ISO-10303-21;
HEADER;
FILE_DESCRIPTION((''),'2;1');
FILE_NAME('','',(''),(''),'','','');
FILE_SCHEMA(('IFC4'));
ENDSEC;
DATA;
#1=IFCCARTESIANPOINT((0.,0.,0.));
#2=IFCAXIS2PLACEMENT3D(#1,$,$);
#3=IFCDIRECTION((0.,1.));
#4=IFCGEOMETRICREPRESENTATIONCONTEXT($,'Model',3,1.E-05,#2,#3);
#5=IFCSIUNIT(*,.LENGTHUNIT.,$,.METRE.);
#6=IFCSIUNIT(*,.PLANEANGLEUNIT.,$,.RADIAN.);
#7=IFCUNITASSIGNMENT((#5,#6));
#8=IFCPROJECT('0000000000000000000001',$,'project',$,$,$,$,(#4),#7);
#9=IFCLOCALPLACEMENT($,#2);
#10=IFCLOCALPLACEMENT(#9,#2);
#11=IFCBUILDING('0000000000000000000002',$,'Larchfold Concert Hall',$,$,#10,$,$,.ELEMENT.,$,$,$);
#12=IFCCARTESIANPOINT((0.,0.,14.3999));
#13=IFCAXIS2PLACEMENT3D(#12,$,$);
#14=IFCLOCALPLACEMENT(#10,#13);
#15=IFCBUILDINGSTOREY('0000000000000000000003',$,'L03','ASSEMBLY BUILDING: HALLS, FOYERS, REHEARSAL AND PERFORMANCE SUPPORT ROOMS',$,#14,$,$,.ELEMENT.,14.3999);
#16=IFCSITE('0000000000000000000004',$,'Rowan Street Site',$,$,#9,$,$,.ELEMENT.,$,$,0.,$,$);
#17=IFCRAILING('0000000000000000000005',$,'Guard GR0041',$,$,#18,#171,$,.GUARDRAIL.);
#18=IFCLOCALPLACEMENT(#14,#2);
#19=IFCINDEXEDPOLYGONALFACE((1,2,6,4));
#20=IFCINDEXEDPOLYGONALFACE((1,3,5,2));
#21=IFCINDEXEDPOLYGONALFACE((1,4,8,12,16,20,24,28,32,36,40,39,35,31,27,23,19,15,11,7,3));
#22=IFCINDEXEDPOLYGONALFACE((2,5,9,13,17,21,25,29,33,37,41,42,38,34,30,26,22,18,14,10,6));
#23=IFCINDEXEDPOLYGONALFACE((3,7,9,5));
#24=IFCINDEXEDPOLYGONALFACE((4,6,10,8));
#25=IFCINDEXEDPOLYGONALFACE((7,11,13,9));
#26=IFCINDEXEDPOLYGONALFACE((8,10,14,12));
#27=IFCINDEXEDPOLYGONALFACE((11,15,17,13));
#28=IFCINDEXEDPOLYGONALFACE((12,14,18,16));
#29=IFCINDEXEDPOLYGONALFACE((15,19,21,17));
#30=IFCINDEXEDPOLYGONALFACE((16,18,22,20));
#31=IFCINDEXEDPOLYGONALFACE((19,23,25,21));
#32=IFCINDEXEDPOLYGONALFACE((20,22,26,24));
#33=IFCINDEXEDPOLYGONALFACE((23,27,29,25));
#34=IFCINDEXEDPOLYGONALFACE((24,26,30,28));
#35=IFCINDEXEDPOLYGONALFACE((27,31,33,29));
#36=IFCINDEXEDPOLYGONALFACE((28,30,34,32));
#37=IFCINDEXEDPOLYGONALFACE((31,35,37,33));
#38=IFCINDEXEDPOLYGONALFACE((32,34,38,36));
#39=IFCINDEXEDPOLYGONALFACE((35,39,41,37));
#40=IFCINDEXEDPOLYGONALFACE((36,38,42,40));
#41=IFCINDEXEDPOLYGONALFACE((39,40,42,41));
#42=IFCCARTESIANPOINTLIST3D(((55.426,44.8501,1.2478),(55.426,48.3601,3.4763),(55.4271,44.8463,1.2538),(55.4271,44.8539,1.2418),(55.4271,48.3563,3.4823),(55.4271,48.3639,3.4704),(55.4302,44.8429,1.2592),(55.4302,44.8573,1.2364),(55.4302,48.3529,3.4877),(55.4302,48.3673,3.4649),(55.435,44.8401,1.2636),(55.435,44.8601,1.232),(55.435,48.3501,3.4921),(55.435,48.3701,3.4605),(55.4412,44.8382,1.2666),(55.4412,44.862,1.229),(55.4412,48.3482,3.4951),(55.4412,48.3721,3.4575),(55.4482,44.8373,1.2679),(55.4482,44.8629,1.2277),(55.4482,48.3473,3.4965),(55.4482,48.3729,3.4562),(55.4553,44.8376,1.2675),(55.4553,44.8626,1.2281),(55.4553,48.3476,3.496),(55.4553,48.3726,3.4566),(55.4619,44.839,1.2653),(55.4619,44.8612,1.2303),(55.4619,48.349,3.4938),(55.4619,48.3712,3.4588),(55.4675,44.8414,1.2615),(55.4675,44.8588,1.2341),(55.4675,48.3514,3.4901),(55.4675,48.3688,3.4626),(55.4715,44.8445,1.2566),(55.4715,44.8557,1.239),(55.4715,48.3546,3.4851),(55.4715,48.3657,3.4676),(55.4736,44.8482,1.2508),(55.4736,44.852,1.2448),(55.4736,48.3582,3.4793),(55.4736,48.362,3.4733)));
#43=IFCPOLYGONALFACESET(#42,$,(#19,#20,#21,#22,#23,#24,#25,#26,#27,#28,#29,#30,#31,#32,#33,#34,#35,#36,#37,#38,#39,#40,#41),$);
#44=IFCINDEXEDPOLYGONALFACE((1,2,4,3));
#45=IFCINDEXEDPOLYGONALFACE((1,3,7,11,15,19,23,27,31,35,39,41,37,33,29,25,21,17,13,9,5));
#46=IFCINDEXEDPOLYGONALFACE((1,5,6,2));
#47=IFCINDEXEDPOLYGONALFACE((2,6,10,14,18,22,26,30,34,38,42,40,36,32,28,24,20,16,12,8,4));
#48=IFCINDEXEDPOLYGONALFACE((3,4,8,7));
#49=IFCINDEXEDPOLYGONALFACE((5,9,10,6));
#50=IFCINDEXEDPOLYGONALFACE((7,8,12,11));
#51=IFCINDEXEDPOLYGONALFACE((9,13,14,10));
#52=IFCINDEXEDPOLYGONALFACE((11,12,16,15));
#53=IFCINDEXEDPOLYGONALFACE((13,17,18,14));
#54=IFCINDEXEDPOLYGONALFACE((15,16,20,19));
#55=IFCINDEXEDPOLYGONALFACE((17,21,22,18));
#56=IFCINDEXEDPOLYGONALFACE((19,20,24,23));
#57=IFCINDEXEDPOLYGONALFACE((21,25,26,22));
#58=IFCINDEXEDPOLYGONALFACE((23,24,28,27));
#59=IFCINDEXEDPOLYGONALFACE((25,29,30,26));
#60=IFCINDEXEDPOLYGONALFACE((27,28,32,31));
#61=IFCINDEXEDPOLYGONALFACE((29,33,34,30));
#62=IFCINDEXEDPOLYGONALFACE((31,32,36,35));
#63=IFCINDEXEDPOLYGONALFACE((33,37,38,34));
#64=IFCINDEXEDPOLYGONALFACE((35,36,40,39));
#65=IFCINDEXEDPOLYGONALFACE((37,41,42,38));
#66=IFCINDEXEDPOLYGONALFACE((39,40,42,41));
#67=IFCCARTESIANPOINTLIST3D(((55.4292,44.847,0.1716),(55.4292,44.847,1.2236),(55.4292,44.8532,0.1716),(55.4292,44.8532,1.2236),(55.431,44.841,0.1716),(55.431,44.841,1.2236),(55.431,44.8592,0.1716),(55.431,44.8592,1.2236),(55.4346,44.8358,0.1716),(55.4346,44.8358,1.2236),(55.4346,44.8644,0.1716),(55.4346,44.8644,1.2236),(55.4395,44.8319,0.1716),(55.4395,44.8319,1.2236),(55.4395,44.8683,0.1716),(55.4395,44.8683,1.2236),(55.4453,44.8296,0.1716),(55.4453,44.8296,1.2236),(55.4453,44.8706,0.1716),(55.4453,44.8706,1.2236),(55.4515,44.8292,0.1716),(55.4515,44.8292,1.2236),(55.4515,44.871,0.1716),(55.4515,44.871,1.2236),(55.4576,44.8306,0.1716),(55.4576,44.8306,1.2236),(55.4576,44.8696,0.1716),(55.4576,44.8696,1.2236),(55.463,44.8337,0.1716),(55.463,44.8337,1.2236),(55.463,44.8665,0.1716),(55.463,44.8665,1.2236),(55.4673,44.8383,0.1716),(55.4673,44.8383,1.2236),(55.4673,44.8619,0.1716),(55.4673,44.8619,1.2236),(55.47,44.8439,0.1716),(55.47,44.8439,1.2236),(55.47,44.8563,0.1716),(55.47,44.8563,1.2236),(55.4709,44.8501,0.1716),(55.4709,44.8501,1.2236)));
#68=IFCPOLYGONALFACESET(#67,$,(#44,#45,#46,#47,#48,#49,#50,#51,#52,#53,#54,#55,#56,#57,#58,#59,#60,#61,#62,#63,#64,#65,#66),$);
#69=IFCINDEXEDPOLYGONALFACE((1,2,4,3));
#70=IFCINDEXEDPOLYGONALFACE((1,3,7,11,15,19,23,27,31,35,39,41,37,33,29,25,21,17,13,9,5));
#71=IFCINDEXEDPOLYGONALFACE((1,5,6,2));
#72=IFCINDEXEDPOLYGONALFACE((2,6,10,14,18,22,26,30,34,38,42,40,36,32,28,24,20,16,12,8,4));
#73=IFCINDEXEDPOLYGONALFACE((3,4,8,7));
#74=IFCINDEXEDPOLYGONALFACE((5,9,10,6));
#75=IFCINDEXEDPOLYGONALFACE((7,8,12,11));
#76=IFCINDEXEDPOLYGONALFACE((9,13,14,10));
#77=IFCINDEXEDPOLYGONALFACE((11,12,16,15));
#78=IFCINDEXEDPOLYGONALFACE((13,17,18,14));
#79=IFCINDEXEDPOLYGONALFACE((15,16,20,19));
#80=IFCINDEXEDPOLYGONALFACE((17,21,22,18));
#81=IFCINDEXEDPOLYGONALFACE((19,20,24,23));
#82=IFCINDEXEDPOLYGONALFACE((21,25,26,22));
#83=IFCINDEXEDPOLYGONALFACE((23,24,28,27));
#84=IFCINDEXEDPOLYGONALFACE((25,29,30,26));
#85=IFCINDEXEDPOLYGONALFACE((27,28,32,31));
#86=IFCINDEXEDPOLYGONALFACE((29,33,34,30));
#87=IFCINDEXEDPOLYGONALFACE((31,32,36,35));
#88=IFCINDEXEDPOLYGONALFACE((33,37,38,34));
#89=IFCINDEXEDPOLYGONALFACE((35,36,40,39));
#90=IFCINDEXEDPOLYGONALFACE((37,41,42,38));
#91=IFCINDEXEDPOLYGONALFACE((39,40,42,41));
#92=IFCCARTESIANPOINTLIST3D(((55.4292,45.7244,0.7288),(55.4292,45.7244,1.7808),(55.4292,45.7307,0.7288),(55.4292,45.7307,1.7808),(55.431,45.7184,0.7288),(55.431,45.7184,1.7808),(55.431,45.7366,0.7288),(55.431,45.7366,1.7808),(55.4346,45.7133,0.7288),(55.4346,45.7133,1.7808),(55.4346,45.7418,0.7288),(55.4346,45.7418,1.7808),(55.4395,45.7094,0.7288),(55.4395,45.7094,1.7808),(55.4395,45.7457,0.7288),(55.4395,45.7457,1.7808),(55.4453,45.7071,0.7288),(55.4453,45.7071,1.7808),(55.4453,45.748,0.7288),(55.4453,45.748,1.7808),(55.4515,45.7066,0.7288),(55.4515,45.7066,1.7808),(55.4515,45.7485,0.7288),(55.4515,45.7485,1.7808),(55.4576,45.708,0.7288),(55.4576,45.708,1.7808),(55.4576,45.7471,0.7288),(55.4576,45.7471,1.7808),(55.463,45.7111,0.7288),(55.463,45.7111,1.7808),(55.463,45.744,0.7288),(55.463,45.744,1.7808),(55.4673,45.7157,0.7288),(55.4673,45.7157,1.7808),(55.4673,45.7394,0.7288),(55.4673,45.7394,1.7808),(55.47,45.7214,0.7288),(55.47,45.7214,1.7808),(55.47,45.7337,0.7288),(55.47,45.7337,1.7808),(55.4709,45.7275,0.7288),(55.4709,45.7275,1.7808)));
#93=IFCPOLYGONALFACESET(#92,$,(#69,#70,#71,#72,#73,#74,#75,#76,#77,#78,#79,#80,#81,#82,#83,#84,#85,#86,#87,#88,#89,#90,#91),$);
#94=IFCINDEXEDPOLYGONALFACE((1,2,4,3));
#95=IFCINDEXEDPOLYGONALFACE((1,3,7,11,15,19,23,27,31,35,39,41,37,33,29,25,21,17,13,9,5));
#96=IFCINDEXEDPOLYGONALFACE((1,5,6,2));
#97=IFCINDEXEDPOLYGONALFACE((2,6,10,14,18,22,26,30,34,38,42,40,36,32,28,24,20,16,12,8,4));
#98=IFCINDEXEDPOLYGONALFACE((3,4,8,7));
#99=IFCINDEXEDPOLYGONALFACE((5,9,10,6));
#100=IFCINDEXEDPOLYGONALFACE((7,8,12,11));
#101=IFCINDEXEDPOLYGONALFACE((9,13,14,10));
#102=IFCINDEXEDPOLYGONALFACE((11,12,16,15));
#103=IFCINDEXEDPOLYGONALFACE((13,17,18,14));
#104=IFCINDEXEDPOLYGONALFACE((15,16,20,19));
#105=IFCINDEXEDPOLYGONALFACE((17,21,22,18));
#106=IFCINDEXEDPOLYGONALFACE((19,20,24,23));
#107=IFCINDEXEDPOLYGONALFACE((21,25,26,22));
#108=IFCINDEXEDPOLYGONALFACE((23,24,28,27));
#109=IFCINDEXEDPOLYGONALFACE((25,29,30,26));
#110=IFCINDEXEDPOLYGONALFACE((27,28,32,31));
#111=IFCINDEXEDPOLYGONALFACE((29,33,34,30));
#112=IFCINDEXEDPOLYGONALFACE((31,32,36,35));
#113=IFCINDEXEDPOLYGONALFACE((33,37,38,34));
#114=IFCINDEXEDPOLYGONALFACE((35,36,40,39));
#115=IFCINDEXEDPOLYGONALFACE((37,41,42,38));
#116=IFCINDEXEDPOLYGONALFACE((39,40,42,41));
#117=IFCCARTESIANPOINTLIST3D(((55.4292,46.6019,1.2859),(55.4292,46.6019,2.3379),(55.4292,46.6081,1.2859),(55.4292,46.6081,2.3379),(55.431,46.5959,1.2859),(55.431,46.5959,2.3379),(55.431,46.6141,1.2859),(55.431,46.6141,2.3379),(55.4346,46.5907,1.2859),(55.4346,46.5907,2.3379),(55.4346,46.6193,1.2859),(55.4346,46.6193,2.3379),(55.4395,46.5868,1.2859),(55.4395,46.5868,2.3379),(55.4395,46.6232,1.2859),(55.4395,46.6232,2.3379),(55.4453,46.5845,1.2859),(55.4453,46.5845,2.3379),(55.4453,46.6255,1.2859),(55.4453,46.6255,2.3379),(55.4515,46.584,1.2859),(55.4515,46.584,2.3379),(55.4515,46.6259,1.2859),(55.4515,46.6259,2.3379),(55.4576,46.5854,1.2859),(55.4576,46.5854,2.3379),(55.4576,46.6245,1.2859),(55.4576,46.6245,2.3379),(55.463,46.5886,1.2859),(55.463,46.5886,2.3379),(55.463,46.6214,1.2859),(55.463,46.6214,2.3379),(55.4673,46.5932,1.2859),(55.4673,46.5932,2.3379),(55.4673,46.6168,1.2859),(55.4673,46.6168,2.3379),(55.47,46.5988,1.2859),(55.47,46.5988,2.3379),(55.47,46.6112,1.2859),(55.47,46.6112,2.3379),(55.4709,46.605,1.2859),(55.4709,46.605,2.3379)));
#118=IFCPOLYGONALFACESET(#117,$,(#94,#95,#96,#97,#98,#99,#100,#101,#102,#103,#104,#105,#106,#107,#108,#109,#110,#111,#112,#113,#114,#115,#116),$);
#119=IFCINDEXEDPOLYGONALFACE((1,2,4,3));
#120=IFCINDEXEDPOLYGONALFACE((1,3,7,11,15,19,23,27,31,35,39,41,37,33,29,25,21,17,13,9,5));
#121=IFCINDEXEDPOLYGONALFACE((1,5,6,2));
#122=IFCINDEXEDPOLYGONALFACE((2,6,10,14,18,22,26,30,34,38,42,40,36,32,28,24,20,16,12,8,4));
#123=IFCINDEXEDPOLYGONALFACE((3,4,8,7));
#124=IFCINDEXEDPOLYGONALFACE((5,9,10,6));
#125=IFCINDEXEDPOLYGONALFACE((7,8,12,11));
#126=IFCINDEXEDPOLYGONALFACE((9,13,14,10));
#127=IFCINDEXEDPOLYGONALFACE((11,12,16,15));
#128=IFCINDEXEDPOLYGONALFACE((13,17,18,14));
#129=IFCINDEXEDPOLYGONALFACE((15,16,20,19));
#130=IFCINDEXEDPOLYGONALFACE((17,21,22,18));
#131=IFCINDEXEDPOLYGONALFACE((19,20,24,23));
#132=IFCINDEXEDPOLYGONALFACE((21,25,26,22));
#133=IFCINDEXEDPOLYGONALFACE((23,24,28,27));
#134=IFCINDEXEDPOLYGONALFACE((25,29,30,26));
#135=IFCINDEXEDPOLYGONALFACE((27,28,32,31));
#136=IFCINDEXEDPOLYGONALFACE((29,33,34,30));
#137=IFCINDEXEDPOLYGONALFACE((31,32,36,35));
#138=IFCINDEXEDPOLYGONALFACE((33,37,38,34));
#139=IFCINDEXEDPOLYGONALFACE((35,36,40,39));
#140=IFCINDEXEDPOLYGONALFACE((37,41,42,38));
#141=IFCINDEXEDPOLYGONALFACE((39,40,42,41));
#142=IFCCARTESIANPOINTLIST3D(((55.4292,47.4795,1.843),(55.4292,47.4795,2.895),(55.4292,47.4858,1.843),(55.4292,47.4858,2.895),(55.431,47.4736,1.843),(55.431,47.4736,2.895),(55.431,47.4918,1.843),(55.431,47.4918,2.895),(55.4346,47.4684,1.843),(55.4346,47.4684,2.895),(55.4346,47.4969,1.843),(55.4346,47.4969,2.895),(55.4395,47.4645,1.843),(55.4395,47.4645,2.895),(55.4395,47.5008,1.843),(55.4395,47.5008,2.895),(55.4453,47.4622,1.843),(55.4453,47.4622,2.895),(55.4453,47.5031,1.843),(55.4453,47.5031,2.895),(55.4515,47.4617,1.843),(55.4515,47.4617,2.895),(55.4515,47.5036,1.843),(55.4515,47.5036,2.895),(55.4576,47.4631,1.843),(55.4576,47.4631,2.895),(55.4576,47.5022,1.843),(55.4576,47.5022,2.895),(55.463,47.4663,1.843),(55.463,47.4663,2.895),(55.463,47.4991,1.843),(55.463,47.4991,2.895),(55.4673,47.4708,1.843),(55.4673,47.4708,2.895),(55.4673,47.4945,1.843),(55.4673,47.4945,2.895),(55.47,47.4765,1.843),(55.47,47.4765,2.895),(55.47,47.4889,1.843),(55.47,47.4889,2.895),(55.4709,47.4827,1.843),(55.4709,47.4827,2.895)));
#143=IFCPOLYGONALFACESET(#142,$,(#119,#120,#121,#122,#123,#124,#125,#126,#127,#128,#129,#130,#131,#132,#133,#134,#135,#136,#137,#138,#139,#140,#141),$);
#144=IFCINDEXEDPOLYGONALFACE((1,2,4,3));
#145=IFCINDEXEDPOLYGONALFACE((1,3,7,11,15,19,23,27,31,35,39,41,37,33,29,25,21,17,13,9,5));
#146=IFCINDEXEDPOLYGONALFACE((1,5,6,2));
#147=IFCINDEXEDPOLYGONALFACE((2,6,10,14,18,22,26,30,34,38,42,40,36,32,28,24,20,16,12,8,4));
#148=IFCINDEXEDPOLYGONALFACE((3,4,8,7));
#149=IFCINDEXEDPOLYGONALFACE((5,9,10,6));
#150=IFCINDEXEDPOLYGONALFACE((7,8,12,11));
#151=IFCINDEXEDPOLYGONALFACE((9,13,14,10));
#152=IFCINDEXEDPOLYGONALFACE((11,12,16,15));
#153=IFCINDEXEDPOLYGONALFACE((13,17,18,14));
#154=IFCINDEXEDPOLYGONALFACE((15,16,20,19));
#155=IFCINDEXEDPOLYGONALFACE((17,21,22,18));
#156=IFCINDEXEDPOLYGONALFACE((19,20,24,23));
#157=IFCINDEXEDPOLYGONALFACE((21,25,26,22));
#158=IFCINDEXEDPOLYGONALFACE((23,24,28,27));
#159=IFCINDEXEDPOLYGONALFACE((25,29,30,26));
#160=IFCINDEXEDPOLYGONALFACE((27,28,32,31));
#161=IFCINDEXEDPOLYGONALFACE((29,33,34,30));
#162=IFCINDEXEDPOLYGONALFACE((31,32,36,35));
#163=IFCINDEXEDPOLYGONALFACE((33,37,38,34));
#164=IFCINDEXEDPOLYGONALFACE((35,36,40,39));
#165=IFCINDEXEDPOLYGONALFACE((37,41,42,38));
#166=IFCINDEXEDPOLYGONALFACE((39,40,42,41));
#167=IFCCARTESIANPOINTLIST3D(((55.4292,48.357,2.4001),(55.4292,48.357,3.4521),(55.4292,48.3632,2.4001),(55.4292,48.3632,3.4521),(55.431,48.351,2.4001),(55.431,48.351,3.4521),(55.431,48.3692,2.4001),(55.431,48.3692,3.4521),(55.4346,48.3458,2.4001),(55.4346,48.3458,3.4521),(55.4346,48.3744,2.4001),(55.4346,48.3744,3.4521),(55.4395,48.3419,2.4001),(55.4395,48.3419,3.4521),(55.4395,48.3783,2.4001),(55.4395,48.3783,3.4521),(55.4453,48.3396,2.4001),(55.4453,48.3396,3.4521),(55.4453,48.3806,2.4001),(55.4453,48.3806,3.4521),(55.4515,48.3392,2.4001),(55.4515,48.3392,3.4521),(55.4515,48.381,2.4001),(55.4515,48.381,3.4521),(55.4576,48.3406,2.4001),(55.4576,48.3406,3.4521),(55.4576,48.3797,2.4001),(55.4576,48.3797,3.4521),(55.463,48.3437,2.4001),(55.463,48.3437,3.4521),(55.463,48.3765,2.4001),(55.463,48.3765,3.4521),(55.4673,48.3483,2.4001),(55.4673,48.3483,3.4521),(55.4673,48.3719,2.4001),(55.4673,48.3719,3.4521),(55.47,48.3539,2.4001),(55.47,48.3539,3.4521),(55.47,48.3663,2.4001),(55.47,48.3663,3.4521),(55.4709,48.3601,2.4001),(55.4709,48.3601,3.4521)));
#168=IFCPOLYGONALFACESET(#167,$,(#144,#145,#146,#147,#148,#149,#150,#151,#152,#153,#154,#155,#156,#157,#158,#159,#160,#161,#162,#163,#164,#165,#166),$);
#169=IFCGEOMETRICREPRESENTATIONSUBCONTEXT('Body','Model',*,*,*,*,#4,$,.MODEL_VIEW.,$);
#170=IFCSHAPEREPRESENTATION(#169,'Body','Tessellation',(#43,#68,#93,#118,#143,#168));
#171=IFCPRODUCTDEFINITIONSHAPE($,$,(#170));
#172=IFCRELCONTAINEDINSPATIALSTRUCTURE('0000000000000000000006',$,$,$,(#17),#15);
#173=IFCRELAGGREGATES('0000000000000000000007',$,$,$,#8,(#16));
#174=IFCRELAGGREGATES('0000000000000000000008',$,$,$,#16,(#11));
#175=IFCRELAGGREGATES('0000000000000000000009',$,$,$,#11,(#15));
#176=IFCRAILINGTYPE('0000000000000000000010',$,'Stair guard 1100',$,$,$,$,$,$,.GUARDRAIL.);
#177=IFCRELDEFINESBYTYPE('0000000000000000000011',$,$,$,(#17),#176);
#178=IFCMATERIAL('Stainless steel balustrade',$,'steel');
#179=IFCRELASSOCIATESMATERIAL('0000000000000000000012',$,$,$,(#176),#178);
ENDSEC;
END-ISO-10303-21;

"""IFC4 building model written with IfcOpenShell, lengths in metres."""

from ifc_helpers import new_model, si_unit, direction, frame, origin, origin_2d, place, context, subcontext, project, spatial, circle, extrude, material, type_object, element, save


model = new_model("IFC4")

# Units and contexts
model_context = context("Model", 3, precision=1e-05, world=origin(), true_north=direction((0.0, 1.0)))
body_context = subcontext(model_context, "Body", "Model", "MODEL_VIEW")
ifc_project = project(units=[si_unit("LENGTHUNIT", "METRE"), si_unit("PLANEANGLEUNIT", "RADIAN")], contexts=[model_context])

# Site, building, storey
site_placement = place(None, origin())
site = spatial("IfcSite", under=ifc_project, at=site_placement, Name="Rowan Street Site", CompositionType="ELEMENT", RefElevation=0.0)
building_placement = place(site_placement, origin())
building = spatial("IfcBuilding", under=site, at=building_placement, Name="Larchfold Concert Hall", CompositionType="ELEMENT")
storey_placement = place(building_placement, frame((0.0, 0.0, 14.3999)))
storey = spatial("IfcBuildingStorey", under=building, at=storey_placement, Name="L03", Description="ASSEMBLY BUILDING: HALLS, FOYERS, REHEARSAL AND PERFORMANCE SUPPORT ROOMS", CompositionType="ELEMENT", Elevation=14.3999)

# Railing
ifc_material_1 = material(Name="Stainless steel balustrade", Category="steel")
railing_type_1 = type_object("IfcRailingType", Name="Stair guard 1100", PredefinedType="GUARDRAIL", material=ifc_material_1)
railing_1_placement = place(storey_placement, frame((55.45, 44.8501, 0.1716)))
element("IfcRailing", 1, at=railing_1_placement, inside=storey, type_object=railing_type_1, Name="Guard GR0041", PredefinedType="GUARDRAIL", context=body_context, shape_type="SweptSolid", body=[
    extrude(circle(Radius=0.0239, at=origin_2d()), frame((0.0, 0.0, 1.0762), z_axis=(0.0, 0.84422, 0.535998), x_axis=(-1.0, 0.0, 0.0)), (0.0, 0.0, 1.0), 4.1577),
    extrude(circle(Radius=0.021, at=origin_2d()), origin(), (0.0, 0.0, 1.0), 1.052),
    extrude(circle(Radius=0.021, at=origin_2d()), frame((0.0, 0.8774, 0.5571)), (0.0, 0.0, 1.0), 1.052),
    extrude(circle(Radius=0.021, at=origin_2d()), frame((0.0, 1.7549, 1.1143)), (0.0, 0.0, 1.0), 1.052),
    extrude(circle(Radius=0.021, at=origin_2d()), frame((0.0, 2.6326, 1.6714)), (0.0, 0.0, 1.0), 1.052),
    extrude(circle(Radius=0.021, at=origin_2d()), frame((0.0, 3.51, 2.2285)), (0.0, 0.0, 1.0), 1.052),
])

save(model, "model.ifc")
